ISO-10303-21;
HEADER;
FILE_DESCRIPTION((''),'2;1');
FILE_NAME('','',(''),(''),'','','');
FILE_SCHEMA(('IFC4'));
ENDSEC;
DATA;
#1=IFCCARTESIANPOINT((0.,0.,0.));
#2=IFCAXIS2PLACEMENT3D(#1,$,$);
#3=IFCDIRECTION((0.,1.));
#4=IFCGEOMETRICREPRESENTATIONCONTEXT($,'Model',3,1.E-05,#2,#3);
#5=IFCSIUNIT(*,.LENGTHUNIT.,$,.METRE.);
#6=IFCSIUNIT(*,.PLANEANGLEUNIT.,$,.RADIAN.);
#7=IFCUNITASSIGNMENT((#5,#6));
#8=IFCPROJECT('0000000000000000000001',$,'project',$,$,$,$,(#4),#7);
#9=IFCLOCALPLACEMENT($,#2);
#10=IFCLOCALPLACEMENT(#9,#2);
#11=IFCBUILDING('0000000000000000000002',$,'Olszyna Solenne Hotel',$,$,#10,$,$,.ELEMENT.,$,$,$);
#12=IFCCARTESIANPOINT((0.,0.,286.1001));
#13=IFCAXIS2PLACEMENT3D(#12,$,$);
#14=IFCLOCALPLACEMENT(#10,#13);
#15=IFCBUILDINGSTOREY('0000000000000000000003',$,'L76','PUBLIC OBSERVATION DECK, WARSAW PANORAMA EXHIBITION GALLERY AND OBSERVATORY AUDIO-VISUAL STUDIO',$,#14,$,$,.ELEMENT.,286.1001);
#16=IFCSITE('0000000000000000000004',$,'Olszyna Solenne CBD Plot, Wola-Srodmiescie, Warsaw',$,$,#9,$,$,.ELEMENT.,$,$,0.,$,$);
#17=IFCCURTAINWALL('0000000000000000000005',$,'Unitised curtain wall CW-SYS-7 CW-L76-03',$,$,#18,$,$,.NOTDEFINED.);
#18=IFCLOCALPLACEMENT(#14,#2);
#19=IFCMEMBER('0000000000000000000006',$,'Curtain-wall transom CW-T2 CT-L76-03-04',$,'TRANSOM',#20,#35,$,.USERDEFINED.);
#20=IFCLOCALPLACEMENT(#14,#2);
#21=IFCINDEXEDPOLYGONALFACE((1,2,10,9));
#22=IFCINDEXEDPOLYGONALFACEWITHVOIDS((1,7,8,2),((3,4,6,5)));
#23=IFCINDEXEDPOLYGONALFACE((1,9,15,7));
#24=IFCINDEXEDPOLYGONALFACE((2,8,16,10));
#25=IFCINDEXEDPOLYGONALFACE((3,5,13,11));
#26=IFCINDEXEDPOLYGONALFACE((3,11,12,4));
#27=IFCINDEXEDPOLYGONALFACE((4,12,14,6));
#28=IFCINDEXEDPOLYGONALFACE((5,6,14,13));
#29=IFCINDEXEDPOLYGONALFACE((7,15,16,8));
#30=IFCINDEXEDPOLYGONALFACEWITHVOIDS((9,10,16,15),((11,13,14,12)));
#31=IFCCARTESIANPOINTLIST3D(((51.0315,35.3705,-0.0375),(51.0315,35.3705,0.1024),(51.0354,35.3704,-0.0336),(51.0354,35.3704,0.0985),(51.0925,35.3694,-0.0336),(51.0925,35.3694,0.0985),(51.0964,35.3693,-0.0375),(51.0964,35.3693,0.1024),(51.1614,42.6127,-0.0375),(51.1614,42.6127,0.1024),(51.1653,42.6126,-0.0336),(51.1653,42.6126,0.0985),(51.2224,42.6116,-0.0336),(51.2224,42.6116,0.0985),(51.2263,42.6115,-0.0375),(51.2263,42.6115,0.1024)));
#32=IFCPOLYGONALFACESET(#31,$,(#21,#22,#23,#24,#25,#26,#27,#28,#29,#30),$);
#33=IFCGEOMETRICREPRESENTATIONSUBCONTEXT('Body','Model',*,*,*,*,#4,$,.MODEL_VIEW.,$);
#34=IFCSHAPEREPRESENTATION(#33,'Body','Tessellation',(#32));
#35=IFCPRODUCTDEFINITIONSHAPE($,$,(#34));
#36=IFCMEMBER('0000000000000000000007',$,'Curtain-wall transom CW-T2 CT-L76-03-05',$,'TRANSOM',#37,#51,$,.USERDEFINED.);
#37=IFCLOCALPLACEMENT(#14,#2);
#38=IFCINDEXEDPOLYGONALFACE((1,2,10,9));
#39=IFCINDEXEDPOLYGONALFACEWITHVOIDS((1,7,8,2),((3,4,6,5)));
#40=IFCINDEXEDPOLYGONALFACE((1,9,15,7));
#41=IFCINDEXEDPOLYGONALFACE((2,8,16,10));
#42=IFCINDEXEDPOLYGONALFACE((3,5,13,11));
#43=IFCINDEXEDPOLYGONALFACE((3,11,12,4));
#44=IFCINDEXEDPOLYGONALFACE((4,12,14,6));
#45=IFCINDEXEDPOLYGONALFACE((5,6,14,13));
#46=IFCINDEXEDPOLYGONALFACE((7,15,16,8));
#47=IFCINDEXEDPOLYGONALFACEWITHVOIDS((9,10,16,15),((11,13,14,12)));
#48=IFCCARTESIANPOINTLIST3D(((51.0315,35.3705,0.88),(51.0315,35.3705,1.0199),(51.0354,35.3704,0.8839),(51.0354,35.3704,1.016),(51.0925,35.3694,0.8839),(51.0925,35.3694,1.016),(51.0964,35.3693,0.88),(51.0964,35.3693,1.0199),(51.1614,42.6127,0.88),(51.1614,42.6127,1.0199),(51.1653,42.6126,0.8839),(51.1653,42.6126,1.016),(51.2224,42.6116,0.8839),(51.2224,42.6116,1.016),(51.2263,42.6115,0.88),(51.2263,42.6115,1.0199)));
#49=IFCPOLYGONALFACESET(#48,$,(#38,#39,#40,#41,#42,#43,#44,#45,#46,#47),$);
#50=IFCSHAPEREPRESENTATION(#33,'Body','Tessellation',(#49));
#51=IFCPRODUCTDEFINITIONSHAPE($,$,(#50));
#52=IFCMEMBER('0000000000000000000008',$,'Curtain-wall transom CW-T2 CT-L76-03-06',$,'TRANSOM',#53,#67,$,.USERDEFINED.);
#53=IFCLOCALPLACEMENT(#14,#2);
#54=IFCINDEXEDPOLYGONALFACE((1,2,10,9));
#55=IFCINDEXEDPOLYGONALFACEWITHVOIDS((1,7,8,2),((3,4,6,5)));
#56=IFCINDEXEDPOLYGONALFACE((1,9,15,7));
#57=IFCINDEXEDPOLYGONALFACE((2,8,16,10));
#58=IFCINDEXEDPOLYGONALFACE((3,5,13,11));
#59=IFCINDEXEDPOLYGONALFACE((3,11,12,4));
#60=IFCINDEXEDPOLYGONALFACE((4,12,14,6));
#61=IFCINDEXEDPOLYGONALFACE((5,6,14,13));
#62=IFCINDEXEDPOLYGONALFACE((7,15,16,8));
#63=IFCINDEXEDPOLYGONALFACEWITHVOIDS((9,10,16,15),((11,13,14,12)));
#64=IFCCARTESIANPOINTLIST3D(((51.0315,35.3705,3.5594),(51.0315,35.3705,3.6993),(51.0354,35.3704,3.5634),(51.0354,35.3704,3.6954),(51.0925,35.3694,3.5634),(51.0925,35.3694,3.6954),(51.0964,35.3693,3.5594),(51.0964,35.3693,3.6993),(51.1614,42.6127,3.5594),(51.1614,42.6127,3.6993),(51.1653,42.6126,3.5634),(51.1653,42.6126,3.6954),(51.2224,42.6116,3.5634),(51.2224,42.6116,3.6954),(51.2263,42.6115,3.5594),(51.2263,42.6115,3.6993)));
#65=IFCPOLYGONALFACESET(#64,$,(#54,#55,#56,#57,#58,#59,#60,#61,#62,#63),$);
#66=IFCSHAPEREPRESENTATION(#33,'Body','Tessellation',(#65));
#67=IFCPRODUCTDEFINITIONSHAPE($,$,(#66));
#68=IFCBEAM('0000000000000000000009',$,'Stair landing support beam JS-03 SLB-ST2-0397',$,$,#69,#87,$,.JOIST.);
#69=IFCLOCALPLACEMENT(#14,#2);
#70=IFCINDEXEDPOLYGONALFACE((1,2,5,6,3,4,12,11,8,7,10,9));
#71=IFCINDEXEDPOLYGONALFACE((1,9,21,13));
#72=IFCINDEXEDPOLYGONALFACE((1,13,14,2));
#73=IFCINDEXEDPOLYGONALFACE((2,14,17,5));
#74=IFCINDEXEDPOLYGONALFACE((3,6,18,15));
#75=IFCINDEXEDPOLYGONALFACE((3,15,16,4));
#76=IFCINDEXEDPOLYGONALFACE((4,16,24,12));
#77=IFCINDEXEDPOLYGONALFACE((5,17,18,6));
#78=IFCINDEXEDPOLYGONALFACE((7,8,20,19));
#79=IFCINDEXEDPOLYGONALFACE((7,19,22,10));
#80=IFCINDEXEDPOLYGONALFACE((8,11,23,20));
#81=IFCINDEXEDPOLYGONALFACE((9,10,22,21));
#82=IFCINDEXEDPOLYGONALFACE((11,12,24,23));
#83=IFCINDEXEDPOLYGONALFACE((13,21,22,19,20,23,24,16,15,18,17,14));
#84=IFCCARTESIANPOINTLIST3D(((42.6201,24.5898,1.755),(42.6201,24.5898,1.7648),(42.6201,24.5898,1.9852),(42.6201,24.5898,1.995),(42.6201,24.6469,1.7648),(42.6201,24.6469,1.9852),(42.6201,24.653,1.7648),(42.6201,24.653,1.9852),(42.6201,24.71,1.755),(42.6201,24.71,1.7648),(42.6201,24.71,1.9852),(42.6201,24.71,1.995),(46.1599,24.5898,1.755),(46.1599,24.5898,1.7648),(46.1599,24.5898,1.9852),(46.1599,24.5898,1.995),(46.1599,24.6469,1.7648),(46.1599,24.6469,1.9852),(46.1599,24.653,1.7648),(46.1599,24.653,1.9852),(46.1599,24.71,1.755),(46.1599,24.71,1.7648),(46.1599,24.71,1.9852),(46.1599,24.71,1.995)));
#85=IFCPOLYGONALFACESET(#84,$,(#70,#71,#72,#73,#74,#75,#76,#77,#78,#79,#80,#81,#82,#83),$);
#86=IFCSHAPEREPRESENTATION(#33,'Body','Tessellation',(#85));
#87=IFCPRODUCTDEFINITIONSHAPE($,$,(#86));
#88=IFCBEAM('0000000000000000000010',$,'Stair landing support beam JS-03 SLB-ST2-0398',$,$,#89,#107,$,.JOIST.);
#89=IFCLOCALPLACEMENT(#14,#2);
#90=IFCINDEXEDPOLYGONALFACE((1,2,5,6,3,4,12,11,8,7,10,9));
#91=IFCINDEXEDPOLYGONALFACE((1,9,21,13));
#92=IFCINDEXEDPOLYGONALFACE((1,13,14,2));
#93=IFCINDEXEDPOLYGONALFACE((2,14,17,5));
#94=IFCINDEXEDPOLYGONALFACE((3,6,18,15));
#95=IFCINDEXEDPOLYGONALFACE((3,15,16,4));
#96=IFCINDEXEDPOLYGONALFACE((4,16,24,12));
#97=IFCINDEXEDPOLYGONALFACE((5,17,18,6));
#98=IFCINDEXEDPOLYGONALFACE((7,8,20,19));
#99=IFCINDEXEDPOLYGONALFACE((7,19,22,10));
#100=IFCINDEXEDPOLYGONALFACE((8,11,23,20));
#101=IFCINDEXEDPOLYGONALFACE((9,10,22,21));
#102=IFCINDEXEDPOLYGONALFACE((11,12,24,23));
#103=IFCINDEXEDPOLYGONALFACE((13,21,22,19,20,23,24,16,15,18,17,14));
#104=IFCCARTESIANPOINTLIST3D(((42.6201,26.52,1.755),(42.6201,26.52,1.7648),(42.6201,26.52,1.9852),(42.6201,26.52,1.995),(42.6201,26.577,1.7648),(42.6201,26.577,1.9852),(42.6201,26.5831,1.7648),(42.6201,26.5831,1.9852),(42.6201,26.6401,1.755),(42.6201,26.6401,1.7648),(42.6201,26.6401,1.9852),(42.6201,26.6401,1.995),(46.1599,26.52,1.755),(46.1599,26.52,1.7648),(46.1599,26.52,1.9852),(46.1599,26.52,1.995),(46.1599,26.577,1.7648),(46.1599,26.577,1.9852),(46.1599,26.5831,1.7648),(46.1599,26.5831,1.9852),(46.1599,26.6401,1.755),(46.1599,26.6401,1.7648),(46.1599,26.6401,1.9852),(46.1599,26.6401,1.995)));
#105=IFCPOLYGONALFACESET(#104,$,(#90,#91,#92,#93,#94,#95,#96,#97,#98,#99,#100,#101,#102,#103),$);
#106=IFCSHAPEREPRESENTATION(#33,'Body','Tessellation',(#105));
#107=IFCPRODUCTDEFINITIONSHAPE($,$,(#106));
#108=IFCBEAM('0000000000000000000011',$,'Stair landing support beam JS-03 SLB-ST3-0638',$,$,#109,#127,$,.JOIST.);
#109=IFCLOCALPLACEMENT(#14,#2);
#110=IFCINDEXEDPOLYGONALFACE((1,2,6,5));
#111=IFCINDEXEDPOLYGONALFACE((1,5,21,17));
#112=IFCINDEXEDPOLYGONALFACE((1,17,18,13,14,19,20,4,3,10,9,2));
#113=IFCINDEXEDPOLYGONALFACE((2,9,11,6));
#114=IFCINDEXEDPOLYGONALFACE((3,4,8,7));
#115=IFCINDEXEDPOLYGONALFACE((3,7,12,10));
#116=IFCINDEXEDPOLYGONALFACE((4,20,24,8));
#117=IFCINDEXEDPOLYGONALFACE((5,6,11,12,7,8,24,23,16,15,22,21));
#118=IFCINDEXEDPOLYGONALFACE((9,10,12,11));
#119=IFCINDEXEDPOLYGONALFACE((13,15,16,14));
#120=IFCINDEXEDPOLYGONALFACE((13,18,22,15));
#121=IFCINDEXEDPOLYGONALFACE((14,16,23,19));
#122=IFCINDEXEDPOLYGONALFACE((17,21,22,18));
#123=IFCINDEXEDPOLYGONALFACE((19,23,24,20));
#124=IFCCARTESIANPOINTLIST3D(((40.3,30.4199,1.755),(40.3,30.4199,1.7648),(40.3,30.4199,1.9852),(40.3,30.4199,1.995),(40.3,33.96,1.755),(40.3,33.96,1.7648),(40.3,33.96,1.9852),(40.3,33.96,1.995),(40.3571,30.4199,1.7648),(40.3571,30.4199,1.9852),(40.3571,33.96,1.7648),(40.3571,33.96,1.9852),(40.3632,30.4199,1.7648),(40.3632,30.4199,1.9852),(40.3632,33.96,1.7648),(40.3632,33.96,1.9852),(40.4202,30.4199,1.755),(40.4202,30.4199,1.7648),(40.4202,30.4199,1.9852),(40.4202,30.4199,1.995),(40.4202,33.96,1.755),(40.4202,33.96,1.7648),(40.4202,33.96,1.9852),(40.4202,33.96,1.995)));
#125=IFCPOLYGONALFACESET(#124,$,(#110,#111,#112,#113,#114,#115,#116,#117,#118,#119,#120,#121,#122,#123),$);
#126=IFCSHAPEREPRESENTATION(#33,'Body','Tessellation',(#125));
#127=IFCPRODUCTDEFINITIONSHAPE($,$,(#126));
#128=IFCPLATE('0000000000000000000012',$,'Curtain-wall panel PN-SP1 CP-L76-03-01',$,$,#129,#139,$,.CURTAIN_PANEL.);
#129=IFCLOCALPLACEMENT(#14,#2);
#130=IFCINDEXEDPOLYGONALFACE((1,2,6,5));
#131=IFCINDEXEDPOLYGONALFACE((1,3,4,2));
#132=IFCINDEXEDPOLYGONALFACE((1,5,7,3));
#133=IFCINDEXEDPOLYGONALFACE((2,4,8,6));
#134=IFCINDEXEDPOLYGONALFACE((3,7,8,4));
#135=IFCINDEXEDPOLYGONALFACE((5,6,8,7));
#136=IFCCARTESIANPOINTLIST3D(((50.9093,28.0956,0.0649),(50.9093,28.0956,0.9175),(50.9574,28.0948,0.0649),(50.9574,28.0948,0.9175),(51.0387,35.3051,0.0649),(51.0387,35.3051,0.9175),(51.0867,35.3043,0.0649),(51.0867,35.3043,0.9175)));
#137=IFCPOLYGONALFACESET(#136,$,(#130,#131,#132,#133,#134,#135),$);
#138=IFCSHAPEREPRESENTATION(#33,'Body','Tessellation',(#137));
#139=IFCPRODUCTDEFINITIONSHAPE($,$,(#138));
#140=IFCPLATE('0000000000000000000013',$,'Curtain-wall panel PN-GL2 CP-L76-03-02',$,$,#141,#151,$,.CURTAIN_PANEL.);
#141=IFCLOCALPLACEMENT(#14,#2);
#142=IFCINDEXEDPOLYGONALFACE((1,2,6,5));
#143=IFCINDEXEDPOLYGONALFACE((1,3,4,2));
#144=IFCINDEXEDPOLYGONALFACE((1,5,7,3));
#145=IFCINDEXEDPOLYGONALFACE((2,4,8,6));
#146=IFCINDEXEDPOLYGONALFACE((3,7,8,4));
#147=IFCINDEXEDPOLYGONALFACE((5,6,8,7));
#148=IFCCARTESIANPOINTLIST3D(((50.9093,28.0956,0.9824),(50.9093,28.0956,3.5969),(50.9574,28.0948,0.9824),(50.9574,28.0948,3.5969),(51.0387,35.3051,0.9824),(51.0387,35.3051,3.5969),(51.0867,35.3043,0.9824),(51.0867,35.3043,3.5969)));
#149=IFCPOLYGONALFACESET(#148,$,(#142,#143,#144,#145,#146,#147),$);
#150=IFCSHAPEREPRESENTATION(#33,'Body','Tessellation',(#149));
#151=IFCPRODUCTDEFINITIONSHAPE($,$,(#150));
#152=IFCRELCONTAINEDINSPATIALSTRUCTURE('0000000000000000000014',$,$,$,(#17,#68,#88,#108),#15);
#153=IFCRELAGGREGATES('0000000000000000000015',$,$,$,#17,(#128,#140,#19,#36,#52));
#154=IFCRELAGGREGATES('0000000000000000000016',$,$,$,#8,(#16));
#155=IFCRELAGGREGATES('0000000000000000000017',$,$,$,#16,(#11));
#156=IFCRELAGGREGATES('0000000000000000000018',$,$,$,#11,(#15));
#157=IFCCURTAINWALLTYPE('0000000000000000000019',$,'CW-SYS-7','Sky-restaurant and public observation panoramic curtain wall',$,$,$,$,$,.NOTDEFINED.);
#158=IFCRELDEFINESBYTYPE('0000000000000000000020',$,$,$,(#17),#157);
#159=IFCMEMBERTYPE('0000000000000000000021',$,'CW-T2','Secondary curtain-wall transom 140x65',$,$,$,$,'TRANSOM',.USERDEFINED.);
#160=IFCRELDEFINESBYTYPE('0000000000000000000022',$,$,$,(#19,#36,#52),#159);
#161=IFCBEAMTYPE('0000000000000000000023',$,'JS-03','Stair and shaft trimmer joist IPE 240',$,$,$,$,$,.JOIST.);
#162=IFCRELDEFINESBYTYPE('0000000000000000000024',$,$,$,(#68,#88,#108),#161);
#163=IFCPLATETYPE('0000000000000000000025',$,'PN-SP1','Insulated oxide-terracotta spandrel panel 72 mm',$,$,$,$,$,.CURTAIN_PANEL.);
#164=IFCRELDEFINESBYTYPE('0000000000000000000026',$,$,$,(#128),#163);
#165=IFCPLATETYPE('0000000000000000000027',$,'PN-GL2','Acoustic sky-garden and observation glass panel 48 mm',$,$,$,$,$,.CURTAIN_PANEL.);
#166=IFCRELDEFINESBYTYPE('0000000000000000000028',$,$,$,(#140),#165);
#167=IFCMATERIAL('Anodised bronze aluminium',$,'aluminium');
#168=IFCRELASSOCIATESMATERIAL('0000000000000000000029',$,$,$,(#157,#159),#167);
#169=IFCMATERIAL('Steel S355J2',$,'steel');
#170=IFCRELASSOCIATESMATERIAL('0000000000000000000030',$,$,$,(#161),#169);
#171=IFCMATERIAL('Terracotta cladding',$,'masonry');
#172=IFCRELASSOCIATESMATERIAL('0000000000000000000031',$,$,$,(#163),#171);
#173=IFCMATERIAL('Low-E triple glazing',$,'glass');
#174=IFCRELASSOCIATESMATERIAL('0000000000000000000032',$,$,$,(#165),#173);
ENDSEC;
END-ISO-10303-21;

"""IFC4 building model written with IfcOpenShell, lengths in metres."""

from ifc_helpers import new_model, si_unit, direction, frame, origin, origin_2d, place, context, subcontext, project, spatial, rectangle, hollow_rectangle, i_section, extrude, source, transform, mapped, material, material_profile, profile_set, type_object, element, aggregate, save


model = new_model("IFC4")

# Units and contexts
model_context = context("Model", 3, precision=1e-05, world=origin(), true_north=direction((0.0, 1.0)))
body_context = subcontext(model_context, "Body", "Model", "MODEL_VIEW")
ifc_project = project(units=[si_unit("LENGTHUNIT", "METRE"), si_unit("PLANEANGLEUNIT", "RADIAN")], contexts=[model_context])

# Site, building, storey
site_placement = place(None, origin())
site = spatial("IfcSite", under=ifc_project, at=site_placement, Name="Olszyna Solenne CBD Plot, Wola-Srodmiescie, Warsaw", CompositionType="ELEMENT", RefElevation=0.0)
building_placement = place(site_placement, origin())
building = spatial("IfcBuilding", under=site, at=building_placement, Name="Olszyna Solenne Hotel", CompositionType="ELEMENT")
storey_placement = place(building_placement, frame((0.0, 0.0, 286.1001)))
storey = spatial("IfcBuildingStorey", under=building, at=storey_placement, Name="L76", Description="PUBLIC OBSERVATION DECK, WARSAW PANORAMA EXHIBITION GALLERY AND OBSERVATORY AUDIO-VISUAL STUDIO", CompositionType="ELEMENT", Elevation=286.1001)

# Shared definitions
ifc_material_1 = material(Name="Steel S355J2", Category="steel")

# Curtain wall, members
ifc_material_2 = material(Name="Anodised bronze aluminium", Category="aluminium")
curtain_wall_type = type_object("IfcCurtainWallType", Name="CW-SYS-7", Description="Sky-restaurant and public observation panoramic curtain wall", PredefinedType="NOTDEFINED", material=ifc_material_2)
curtain_wall_placement = place(storey_placement, origin())
curtain_wall = element("IfcCurtainWall", 1, at=curtain_wall_placement, inside=storey, type_object=curtain_wall_type, Name="Unitised curtain wall CW-SYS-7 CW-L76-03", PredefinedType="NOTDEFINED")
ifc_material_profile_1 = material_profile(ifc_material_2, hollow_rectangle(XDim=0.0649, YDim=0.1399, WallThickness=0.0039, at=origin_2d()), Name="TRAN 140x65x4", Category="load-bearing")
ifc_profile_set_1 = profile_set([ifc_material_profile_1], Name="Anodised bronze aluminium")
member_type_1 = type_object("IfcMemberType", Name="CW-T2", Description="Secondary curtain-wall transom 140x65", ElementType="TRANSOM", PredefinedType="USERDEFINED", material=ifc_profile_set_1)
shared_shape_1 = source(origin(), body_context, "Body", "SweptSolid", [
    extrude(hollow_rectangle(XDim=0.0649, YDim=0.1399, WallThickness=0.0039, at=origin_2d()), origin(), (0.0, 0.0, 1.0), 7.2434),
])
member_1_placement = place(storey_placement, frame((51.064, 35.3699, 0.0325), z_axis=(0.017931, 0.999839, 0.0), x_axis=(-0.999839, 0.017931, 0.0)))
member_1 = element("IfcMember", 2, at=member_1_placement, type_object=member_type_1, Name="Curtain-wall transom CW-T2 CT-L76-03-04", ObjectType="TRANSOM", PredefinedType="USERDEFINED", context=body_context, shape_type="MappedRepresentation", body=[
    mapped(shared_shape_1, transform((0.0, 0.0, 0.0), x_axis=(1.0, 0.0, 0.0), y_axis=(0.0, 1.0, 0.0), z_axis=(0.0, 0.0, 1.0), scale=1.0)),
])
member_2_placement = place(storey_placement, frame((51.064, 35.3699, 0.95), z_axis=(0.017931, 0.999839, 0.0), x_axis=(-0.999839, 0.017931, 0.0)))
member_2 = element("IfcMember", 3, at=member_2_placement, type_object=member_type_1, Name="Curtain-wall transom CW-T2 CT-L76-03-05", ObjectType="TRANSOM", PredefinedType="USERDEFINED", context=body_context, shape_type="MappedRepresentation", body=[
    mapped(shared_shape_1, transform((0.0, 0.0, 0.0), x_axis=(1.0, 0.0, 0.0), y_axis=(0.0, 1.0, 0.0), z_axis=(0.0, 0.0, 1.0), scale=1.0)),
])
member_3_placement = place(storey_placement, frame((51.064, 35.3699, 3.6294), z_axis=(0.017931, 0.999839, 0.0), x_axis=(-0.999839, 0.017931, 0.0)))
member_3 = element("IfcMember", 4, at=member_3_placement, type_object=member_type_1, Name="Curtain-wall transom CW-T2 CT-L76-03-06", ObjectType="TRANSOM", PredefinedType="USERDEFINED", context=body_context, shape_type="MappedRepresentation", body=[
    mapped(shared_shape_1, transform((0.0, 0.0, 0.0), x_axis=(1.0, 0.0, 0.0), y_axis=(0.0, 1.0, 0.0), z_axis=(0.0, 0.0, 1.0), scale=1.0)),
])

# Beams
ifc_material_profile_2 = material_profile(ifc_material_1, i_section(OverallWidth=0.1201, OverallDepth=0.24, WebThickness=0.0061, FlangeThickness=0.0098, at=origin_2d()), Name="IPE 240", Category="load-bearing")
ifc_profile_set_2 = profile_set([ifc_material_profile_2], Name="Steel S355J2")
beam_type_1 = type_object("IfcBeamType", Name="JS-03", Description="Stair and shaft trimmer joist IPE 240", PredefinedType="JOIST", material=ifc_profile_set_2)
shared_shape_2 = source(origin(), body_context, "Body", "SweptSolid", [
    extrude(i_section(OverallWidth=0.1201, OverallDepth=0.24, WebThickness=0.0061, FlangeThickness=0.0098, at=origin_2d()), origin(), (0.0, 0.0, 1.0), 3.5398),
])
for number, where, z_axis, x_axis, name in (
    (5, (46.1599, 24.6499, 1.875), (-1.0, 0.0, 0.0), (0.0, -1.0, 0.0), "Stair landing support beam JS-03 SLB-ST2-0397"),
    (6, (46.1599, 26.5801, 1.875), (-1.0, 0.0, 0.0), (0.0, -1.0, 0.0), "Stair landing support beam JS-03 SLB-ST2-0398"),
):
    element("IfcBeam", number, at=place(storey_placement, frame(where, z_axis=z_axis, x_axis=x_axis)), inside=storey, type_object=beam_type_1, Name=name, PredefinedType="JOIST", context=body_context, shape_type="MappedRepresentation", body=[
        mapped(shared_shape_2, transform((0.0, 0.0, 0.0), x_axis=(1.0, 0.0, 0.0), y_axis=(0.0, 1.0, 0.0), z_axis=(0.0, 0.0, 1.0), scale=1.0)),
    ])
shared_shape_3 = source(origin(), body_context, "Body", "SweptSolid", [
    extrude(i_section(OverallWidth=0.1201, OverallDepth=0.24, WebThickness=0.0061, FlangeThickness=0.0098, at=origin_2d()), origin(), (0.0, 0.0, 1.0), 3.54),
])
beam_1_placement = place(storey_placement, frame((40.3601, 30.4199, 1.875), z_axis=(0.0, 1.0, 0.0), x_axis=(-1.0, 0.0, 0.0)))
element("IfcBeam", 7, at=beam_1_placement, inside=storey, type_object=beam_type_1, Name="Stair landing support beam JS-03 SLB-ST3-0638", PredefinedType="JOIST", context=body_context, shape_type="MappedRepresentation", body=[
    mapped(shared_shape_3, transform((0.0, 0.0, 0.0), x_axis=(1.0, 0.0, 0.0), y_axis=(0.0, 1.0, 0.0), z_axis=(0.0, 0.0, 1.0), scale=1.0)),
])

# Plates
ifc_material_3 = material(Name="Terracotta cladding", Category="masonry")
plate_type_1 = type_object("IfcPlateType", Name="PN-SP1", Description="Insulated oxide-terracotta spandrel panel 72 mm", PredefinedType="CURTAIN_PANEL", material=ifc_material_3)
shared_shape_4 = source(origin(), body_context, "Body", "SweptSolid", [
    extrude(rectangle(XDim=7.2107, YDim=0.0481, at=origin_2d()), origin(), (0.0, 0.0, 1.0), 0.8525),
])
plate_1_placement = place(storey_placement, frame((50.998, 31.7, 0.0649), z_axis=(0.0, 0.0, 1.0), x_axis=(0.017934, 0.999839, 0.0)))
plate_1 = element("IfcPlate", 8, at=plate_1_placement, type_object=plate_type_1, Name="Curtain-wall panel PN-SP1 CP-L76-03-01", PredefinedType="CURTAIN_PANEL", context=body_context, shape_type="MappedRepresentation", body=[
    mapped(shared_shape_4, transform((0.0, 0.0, 0.0), x_axis=(1.0, 0.0, 0.0), y_axis=(0.0, 1.0, 0.0), z_axis=(0.0, 0.0, 1.0), scale=1.0)),
])
ifc_material_4 = material(Name="Low-E triple glazing", Category="glass")
plate_type_2 = type_object("IfcPlateType", Name="PN-GL2", Description="Acoustic sky-garden and observation glass panel 48 mm", PredefinedType="CURTAIN_PANEL", material=ifc_material_4)
shared_shape_5 = source(origin(), body_context, "Body", "SweptSolid", [
    extrude(rectangle(XDim=7.2107, YDim=0.0481, at=origin_2d()), origin(), (0.0, 0.0, 1.0), 2.6145),
])
plate_2_placement = place(storey_placement, frame((50.998, 31.7, 0.9824), z_axis=(0.0, 0.0, 1.0), x_axis=(0.017934, 0.999839, 0.0)))
plate_2 = element("IfcPlate", 9, at=plate_2_placement, type_object=plate_type_2, Name="Curtain-wall panel PN-GL2 CP-L76-03-02", PredefinedType="CURTAIN_PANEL", context=body_context, shape_type="MappedRepresentation", body=[
    mapped(shared_shape_5, transform((0.0, 0.0, 0.0), x_axis=(1.0, 0.0, 0.0), y_axis=(0.0, 1.0, 0.0), z_axis=(0.0, 0.0, 1.0), scale=1.0)),
])
aggregate(curtain_wall, [plate_1, plate_2, member_1, member_2, member_3])

save(model, "model.ifc")
